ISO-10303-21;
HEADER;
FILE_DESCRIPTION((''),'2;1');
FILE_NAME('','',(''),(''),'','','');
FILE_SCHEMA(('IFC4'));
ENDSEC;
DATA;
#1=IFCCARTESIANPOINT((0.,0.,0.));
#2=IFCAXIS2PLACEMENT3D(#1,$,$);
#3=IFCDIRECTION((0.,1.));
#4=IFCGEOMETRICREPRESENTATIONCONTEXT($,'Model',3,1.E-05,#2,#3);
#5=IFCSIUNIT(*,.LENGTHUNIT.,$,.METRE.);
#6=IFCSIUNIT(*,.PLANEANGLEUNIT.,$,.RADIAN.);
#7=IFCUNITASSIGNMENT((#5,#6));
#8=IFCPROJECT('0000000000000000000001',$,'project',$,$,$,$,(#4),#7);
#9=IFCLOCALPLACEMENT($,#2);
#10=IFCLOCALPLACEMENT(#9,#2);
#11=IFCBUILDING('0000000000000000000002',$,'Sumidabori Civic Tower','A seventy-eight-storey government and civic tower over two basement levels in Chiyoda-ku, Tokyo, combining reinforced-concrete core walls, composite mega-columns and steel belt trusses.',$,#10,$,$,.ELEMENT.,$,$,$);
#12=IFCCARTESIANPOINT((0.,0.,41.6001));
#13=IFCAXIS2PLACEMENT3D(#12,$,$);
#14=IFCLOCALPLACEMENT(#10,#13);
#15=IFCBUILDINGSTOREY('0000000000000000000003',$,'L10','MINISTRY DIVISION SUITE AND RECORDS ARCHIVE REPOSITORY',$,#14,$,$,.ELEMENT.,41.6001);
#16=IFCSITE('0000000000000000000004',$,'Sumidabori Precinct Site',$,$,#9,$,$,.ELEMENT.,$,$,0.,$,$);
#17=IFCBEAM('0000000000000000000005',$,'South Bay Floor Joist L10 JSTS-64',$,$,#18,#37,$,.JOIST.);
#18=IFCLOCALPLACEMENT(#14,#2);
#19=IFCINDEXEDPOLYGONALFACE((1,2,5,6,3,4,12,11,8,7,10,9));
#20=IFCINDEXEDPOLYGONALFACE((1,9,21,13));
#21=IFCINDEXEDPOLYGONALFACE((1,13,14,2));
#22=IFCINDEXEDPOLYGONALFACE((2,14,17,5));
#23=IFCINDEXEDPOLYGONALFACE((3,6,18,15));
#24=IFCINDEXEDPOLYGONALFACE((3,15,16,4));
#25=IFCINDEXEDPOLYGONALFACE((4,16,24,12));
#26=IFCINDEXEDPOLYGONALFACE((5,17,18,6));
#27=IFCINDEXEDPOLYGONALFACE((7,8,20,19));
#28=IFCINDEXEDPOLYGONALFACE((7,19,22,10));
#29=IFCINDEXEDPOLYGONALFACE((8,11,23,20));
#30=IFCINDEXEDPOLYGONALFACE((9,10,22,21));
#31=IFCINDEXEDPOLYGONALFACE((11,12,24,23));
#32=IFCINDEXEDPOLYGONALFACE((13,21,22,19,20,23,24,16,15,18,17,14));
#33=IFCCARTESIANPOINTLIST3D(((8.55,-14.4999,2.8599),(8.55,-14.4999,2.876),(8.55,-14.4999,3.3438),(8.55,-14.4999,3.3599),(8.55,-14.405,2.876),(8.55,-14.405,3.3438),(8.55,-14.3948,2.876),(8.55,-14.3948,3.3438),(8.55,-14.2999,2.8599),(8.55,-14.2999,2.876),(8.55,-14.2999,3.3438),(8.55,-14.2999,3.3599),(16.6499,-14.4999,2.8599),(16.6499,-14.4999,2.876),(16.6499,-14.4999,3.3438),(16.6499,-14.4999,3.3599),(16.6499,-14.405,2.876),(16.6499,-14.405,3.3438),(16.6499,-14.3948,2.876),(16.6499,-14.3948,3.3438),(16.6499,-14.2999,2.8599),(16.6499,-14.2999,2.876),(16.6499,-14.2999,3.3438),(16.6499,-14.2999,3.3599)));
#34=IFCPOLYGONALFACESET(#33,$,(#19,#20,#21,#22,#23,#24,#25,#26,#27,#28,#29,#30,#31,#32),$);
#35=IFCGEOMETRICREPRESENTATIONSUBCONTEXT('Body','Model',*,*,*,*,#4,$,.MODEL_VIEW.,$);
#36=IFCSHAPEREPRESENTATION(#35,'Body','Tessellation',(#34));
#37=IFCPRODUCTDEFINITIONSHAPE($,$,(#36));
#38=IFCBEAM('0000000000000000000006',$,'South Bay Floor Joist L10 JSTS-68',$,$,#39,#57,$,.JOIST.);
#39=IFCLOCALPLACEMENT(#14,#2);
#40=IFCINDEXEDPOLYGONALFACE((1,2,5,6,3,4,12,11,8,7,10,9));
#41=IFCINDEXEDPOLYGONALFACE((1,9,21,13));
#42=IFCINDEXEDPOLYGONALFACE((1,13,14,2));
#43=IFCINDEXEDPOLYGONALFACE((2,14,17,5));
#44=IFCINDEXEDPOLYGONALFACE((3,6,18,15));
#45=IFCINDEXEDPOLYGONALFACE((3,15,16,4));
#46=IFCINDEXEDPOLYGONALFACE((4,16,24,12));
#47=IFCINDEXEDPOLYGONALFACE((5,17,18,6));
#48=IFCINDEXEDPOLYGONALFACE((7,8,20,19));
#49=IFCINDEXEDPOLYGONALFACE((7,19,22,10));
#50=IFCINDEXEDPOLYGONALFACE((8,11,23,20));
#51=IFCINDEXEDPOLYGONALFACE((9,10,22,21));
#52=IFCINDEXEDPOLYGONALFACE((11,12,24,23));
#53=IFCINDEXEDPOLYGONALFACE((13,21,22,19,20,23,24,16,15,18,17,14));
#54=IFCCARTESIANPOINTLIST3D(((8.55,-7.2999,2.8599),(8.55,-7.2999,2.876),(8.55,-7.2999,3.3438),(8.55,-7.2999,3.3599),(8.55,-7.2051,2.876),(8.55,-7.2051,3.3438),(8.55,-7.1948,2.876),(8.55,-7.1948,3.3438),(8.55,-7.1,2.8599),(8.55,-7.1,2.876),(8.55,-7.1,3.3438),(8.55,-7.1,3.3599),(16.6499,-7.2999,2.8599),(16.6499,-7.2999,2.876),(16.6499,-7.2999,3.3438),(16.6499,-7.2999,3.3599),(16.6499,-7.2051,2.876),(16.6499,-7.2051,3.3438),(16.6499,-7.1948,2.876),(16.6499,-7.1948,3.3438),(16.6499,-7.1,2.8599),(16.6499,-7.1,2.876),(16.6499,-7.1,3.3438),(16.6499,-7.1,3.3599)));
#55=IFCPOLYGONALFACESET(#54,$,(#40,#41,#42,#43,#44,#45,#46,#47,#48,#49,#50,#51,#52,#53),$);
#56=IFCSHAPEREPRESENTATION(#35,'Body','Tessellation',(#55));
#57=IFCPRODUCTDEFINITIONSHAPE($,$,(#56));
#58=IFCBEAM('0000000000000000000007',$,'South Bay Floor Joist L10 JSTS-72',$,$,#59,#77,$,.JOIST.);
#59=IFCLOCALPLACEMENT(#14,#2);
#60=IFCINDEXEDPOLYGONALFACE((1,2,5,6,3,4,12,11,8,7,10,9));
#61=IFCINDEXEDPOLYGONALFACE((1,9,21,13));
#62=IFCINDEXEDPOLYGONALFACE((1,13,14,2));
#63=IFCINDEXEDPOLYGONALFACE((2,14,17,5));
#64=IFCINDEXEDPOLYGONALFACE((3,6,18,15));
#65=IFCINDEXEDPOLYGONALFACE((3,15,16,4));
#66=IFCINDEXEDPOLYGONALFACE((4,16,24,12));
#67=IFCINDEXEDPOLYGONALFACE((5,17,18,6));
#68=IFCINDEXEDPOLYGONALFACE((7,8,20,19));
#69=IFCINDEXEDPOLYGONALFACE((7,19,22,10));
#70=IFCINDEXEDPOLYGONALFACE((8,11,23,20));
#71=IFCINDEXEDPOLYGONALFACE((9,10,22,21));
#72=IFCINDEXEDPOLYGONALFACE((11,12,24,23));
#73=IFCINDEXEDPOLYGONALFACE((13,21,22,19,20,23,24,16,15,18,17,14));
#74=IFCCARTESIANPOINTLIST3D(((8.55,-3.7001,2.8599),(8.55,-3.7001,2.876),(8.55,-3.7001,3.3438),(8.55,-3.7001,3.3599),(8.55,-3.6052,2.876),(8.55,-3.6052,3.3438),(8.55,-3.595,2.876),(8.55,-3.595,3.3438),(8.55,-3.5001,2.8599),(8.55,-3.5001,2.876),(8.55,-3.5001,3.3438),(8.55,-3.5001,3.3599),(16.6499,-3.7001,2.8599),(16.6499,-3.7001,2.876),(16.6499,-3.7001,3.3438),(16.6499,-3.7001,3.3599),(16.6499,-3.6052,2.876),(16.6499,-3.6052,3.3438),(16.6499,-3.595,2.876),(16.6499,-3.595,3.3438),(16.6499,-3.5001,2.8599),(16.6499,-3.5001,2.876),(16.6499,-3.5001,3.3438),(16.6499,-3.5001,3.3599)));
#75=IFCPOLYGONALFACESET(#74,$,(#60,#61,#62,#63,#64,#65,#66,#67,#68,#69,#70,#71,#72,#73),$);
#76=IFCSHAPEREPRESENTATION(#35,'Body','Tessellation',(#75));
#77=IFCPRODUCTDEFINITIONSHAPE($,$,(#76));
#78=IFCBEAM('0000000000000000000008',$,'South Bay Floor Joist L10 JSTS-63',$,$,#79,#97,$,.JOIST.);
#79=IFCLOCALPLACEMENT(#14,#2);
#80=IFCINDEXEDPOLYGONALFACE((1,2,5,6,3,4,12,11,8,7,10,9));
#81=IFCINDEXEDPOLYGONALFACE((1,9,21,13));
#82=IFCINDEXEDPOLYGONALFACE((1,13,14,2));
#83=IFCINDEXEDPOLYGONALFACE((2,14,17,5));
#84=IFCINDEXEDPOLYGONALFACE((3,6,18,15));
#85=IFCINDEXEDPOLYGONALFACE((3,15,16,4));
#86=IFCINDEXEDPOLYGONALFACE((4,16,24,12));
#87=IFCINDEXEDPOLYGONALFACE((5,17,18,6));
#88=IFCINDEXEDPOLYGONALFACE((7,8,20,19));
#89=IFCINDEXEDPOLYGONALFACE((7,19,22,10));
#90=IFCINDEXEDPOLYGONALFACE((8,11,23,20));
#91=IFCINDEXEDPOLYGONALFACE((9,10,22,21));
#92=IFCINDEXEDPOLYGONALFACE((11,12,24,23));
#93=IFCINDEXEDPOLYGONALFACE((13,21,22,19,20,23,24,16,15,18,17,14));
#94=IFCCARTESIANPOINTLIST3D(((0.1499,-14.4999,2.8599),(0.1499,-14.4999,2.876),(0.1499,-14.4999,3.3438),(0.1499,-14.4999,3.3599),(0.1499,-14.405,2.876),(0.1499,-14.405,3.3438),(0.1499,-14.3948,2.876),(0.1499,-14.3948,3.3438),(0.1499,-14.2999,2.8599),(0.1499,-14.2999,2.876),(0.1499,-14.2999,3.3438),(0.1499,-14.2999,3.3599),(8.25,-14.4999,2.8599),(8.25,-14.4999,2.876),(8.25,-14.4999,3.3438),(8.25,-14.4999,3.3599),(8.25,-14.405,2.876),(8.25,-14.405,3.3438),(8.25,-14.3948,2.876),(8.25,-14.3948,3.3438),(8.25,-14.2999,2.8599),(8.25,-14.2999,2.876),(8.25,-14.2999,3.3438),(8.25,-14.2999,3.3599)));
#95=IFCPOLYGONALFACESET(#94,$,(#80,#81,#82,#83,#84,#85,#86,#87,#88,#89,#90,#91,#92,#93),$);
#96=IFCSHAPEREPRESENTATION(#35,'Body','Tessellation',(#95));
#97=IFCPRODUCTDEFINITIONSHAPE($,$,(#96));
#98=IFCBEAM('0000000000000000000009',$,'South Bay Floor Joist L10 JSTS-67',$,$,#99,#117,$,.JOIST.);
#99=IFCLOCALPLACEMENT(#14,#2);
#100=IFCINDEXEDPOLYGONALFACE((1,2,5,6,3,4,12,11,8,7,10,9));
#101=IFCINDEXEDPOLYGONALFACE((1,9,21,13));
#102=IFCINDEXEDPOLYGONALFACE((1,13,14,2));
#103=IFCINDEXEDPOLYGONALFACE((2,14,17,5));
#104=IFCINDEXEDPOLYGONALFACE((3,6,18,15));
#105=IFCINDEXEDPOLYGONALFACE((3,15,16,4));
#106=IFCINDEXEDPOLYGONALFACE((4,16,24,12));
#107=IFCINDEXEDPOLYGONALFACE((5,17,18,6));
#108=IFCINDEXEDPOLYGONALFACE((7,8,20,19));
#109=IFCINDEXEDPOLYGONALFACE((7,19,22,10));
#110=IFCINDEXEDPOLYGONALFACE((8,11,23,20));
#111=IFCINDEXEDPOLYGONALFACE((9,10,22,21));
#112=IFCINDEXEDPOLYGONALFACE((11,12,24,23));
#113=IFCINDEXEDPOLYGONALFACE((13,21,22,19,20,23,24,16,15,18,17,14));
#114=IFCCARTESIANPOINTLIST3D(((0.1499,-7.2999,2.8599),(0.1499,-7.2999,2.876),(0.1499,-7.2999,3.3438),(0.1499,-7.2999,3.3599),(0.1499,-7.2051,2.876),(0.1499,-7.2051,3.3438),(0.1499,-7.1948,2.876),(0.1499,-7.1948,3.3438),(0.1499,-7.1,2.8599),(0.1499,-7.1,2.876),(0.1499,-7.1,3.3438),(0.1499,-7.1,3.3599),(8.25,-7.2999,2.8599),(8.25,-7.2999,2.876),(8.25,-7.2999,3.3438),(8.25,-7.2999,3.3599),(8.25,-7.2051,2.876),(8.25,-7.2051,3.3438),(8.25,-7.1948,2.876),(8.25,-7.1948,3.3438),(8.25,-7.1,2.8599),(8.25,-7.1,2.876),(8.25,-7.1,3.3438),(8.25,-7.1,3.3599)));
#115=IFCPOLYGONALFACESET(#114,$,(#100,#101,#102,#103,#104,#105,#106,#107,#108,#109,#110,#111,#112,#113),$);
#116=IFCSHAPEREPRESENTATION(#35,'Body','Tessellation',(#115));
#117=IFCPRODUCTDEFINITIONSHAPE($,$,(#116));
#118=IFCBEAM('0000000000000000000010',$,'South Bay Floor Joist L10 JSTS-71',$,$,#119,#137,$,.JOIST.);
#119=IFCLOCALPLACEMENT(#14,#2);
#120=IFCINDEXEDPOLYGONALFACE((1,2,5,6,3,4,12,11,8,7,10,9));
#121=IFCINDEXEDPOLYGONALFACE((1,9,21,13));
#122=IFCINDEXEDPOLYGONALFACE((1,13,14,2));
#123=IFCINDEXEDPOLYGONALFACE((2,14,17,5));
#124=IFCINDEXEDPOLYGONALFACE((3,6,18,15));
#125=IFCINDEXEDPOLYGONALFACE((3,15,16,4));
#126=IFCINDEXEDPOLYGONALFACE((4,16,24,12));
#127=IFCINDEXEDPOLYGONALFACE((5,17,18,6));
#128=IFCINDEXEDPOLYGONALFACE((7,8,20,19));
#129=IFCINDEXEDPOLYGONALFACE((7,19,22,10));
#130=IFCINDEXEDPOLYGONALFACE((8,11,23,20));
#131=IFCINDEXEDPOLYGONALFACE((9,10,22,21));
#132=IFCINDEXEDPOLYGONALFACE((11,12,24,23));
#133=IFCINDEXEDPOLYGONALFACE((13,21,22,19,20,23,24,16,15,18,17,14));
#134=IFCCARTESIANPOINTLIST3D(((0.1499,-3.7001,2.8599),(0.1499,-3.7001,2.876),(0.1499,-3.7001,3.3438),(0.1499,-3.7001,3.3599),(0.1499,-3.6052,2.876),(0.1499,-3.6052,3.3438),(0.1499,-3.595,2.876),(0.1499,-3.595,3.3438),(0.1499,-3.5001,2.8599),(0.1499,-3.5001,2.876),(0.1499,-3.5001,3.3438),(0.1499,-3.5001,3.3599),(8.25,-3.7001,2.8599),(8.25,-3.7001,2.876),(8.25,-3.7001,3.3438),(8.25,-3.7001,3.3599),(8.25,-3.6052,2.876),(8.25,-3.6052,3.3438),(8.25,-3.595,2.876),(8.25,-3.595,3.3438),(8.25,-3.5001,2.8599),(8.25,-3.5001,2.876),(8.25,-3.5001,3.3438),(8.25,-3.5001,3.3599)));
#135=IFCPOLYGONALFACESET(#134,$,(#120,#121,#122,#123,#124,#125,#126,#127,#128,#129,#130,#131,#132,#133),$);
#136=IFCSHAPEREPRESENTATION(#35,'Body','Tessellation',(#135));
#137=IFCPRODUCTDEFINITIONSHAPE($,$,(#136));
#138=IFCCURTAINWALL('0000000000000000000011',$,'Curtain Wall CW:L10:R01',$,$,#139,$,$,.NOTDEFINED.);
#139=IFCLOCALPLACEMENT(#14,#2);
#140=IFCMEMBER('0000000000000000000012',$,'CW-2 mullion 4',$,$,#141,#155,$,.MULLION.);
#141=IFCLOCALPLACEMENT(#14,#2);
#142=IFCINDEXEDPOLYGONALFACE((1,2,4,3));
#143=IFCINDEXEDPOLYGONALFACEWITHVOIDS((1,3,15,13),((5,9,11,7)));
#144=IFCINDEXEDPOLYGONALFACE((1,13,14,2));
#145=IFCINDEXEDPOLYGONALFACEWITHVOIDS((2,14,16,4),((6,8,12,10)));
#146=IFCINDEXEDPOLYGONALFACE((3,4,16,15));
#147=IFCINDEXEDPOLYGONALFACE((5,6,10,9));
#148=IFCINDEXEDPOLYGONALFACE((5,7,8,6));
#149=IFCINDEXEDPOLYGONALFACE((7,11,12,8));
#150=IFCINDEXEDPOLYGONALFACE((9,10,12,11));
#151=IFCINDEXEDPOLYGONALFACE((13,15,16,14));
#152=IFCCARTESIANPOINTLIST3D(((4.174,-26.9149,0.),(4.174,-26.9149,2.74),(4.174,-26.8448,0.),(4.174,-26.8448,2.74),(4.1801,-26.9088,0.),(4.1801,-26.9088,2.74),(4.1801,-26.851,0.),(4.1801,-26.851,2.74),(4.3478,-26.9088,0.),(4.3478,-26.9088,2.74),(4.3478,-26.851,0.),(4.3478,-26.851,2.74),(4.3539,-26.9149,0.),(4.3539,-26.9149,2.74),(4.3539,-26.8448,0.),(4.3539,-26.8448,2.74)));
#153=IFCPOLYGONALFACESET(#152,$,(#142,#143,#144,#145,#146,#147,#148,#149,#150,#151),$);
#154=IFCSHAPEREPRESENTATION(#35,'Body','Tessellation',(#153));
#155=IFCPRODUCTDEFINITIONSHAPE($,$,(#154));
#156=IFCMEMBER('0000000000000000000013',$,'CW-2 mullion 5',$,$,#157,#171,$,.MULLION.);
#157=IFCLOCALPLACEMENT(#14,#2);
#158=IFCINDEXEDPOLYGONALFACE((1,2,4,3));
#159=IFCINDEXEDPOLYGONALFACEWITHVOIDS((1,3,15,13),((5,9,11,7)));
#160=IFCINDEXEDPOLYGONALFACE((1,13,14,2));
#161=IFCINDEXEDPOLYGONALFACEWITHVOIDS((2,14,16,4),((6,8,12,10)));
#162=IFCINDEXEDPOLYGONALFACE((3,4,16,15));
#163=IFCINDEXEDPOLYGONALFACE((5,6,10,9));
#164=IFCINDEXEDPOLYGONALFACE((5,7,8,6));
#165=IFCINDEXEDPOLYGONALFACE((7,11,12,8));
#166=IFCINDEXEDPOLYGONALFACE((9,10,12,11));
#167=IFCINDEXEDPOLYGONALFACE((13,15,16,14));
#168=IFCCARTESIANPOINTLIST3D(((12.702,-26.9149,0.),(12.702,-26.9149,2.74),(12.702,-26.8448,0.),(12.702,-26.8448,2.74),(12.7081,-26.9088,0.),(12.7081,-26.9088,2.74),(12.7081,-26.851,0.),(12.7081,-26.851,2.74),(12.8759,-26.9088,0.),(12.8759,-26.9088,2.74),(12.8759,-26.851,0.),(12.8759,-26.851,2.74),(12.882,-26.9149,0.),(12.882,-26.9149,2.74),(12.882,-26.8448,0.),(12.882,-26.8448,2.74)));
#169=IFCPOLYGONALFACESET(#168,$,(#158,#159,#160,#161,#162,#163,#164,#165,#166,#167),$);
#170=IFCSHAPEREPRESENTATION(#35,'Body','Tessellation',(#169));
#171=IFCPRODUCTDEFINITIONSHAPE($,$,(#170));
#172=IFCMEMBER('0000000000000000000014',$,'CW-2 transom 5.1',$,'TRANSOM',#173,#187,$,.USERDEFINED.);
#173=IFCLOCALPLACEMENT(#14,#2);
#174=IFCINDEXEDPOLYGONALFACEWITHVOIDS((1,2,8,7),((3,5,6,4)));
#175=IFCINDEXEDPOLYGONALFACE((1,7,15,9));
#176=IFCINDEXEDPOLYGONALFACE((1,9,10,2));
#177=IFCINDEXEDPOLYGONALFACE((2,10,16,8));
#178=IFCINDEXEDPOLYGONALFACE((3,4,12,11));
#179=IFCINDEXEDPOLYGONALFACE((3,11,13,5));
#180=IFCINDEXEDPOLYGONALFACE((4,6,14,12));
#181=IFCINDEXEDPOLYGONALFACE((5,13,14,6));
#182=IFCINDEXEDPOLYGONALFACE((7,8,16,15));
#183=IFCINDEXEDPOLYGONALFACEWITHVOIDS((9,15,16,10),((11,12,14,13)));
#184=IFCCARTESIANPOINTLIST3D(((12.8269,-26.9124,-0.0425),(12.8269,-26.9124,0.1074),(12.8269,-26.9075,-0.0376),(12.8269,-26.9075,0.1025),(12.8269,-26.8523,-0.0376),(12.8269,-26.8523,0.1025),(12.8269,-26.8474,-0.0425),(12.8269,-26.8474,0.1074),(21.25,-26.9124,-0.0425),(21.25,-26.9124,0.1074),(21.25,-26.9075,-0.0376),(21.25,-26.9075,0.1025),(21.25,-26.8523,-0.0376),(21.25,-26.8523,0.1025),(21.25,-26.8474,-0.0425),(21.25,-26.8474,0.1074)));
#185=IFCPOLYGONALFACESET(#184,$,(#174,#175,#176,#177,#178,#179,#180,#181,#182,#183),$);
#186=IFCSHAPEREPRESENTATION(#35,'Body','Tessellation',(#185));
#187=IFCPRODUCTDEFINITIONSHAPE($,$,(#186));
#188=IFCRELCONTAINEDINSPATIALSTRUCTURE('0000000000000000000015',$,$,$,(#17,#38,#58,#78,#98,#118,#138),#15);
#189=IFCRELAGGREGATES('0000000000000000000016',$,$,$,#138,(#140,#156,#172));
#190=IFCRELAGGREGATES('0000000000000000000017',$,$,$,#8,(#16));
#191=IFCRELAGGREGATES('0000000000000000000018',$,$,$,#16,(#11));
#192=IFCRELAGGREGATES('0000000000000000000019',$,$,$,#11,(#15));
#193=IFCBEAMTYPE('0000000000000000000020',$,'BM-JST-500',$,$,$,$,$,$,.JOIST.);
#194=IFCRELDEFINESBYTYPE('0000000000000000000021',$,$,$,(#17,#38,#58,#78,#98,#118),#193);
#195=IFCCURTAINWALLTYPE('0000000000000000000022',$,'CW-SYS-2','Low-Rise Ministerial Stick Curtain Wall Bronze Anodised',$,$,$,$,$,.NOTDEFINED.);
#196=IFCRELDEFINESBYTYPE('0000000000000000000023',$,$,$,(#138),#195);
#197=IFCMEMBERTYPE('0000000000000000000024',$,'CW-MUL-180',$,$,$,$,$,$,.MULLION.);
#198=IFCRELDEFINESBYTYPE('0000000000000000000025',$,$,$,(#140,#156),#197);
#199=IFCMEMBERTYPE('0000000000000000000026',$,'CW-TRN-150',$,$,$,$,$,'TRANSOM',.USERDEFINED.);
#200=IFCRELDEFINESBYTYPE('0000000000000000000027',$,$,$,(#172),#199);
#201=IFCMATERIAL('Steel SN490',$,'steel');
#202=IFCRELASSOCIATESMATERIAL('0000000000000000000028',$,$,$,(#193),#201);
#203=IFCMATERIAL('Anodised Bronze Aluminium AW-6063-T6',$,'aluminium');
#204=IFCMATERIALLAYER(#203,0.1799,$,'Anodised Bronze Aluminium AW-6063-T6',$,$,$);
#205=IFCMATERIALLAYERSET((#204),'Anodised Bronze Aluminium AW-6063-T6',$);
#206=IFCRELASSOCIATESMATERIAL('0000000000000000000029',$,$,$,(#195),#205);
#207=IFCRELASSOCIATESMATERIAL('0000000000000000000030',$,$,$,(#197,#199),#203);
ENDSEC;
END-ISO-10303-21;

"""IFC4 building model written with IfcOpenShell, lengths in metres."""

from ifc_helpers import new_model, si_unit, direction, frame, origin, origin_2d, place, context, subcontext, project, spatial, hollow_rectangle, i_section, extrude, source, transform, mapped, material, layer, layer_set, material_profile, profile_set, type_object, element, aggregate, save


model = new_model("IFC4")

# Units and contexts
model_context = context("Model", 3, precision=1e-05, world=origin(), true_north=direction((0.0, 1.0)))
body_context = subcontext(model_context, "Body", "Model", "MODEL_VIEW")
ifc_project = project(units=[si_unit("LENGTHUNIT", "METRE"), si_unit("PLANEANGLEUNIT", "RADIAN")], contexts=[model_context])

# Site, building, storey
site_placement = place(None, origin())
site = spatial("IfcSite", under=ifc_project, at=site_placement, Name="Sumidabori Precinct Site", CompositionType="ELEMENT", RefElevation=0.0)
building_placement = place(site_placement, origin())
building = spatial("IfcBuilding", under=site, at=building_placement, Name="Sumidabori Civic Tower", Description="A seventy-eight-storey government and civic tower over two basement levels in Chiyoda-ku, Tokyo, combining reinforced-concrete core walls, composite mega-columns and steel belt trusses.", CompositionType="ELEMENT")
storey_placement = place(building_placement, frame((0.0, 0.0, 41.6001)))
storey = spatial("IfcBuildingStorey", under=building, at=storey_placement, Name="L10", Description="MINISTRY DIVISION SUITE AND RECORDS ARCHIVE REPOSITORY", CompositionType="ELEMENT", Elevation=41.6001)

# Beams
ifc_material_1 = material(Name="Steel SN490", Category="steel")
ifc_material_profile_1 = material_profile(ifc_material_1, i_section(OverallWidth=0.2, OverallDepth=0.5, WebThickness=0.0103, FlangeThickness=0.0161, at=origin_2d()), Name="IPE 500")
ifc_profile_set_1 = profile_set([ifc_material_profile_1], Name="Steel SN490")
beam_type_1 = type_object("IfcBeamType", Name="BM-JST-500", PredefinedType="JOIST", material=ifc_profile_set_1)
shared_shape_1 = source(origin(), body_context, "Body", "SweptSolid", [
    extrude(i_section(OverallWidth=0.2, OverallDepth=0.5, WebThickness=0.0103, FlangeThickness=0.0161, at=origin_2d()), origin(), (0.0, 0.0, 1.0), 8.0999),
])
for number, where, z_axis, x_axis, name in (
    (1, (8.55, -14.3999, 3.1099), (1.0, 0.0, 0.0), (0.0, 1.0, 0.0), "South Bay Floor Joist L10 JSTS-64"),
    (2, (8.55, -7.2, 3.1099), (1.0, 0.0, 0.0), (0.0, 1.0, 0.0), "South Bay Floor Joist L10 JSTS-68"),
    (3, (8.55, -3.6001, 3.1099), (1.0, 0.0, 0.0), (0.0, 1.0, 0.0), "South Bay Floor Joist L10 JSTS-72"),
):
    element("IfcBeam", number, at=place(storey_placement, frame(where, z_axis=z_axis, x_axis=x_axis)), inside=storey, type_object=beam_type_1, Name=name, PredefinedType="JOIST", context=body_context, shape_type="MappedRepresentation", body=[
        mapped(shared_shape_1, transform((0.0, 0.0, 0.0), x_axis=(1.0, 0.0, 0.0), y_axis=(0.0, 1.0, 0.0), z_axis=(0.0, 0.0, 1.0), scale=1.0)),
    ])
shared_shape_2 = source(origin(), body_context, "Body", "SweptSolid", [
    extrude(i_section(OverallWidth=0.2, OverallDepth=0.5, WebThickness=0.0103, FlangeThickness=0.0161, at=origin_2d()), origin(), (0.0, 0.0, 1.0), 8.1001),
])
for number, where, z_axis, x_axis, name in (
    (4, (0.1499, -14.3999, 3.1099), (1.0, 0.0, 0.0), (0.0, 1.0, 0.0), "South Bay Floor Joist L10 JSTS-63"),
    (5, (0.1499, -7.2, 3.1099), (1.0, 0.0, 0.0), (0.0, 1.0, 0.0), "South Bay Floor Joist L10 JSTS-67"),
    (6, (0.1499, -3.6001, 3.1099), (1.0, 0.0, 0.0), (0.0, 1.0, 0.0), "South Bay Floor Joist L10 JSTS-71"),
):
    element("IfcBeam", number, at=place(storey_placement, frame(where, z_axis=z_axis, x_axis=x_axis)), inside=storey, type_object=beam_type_1, Name=name, PredefinedType="JOIST", context=body_context, shape_type="MappedRepresentation", body=[
        mapped(shared_shape_2, transform((0.0, 0.0, 0.0), x_axis=(1.0, 0.0, 0.0), y_axis=(0.0, 1.0, 0.0), z_axis=(0.0, 0.0, 1.0), scale=1.0)),
    ])

# Curtain wall, members
ifc_material_2 = material(Name="Anodised Bronze Aluminium AW-6063-T6", Category="aluminium")
ifc_layer_1 = layer(ifc_material_2, 0.1799, Name="Anodised Bronze Aluminium AW-6063-T6")
ifc_layer_set_1 = layer_set([ifc_layer_1], Name="Anodised Bronze Aluminium AW-6063-T6")
curtain_wall_type = type_object("IfcCurtainWallType", Name="CW-SYS-2", Description="Low-Rise Ministerial Stick Curtain Wall Bronze Anodised", PredefinedType="NOTDEFINED", material=ifc_layer_set_1)
curtain_wall_placement = place(storey_placement, origin())
curtain_wall = element("IfcCurtainWall", 7, at=curtain_wall_placement, inside=storey, type_object=curtain_wall_type, Name="Curtain Wall CW:L10:R01", PredefinedType="NOTDEFINED")
ifc_material_profile_2 = material_profile(ifc_material_2, hollow_rectangle(XDim=0.0701, YDim=0.1799, WallThickness=0.0061, at=origin_2d()), Name="ALU MULLION 180x70")
ifc_profile_set_2 = profile_set([ifc_material_profile_2], Name="Anodised Bronze Aluminium AW-6063-T6")
member_type_1 = type_object("IfcMemberType", Name="CW-MUL-180", PredefinedType="MULLION", material=ifc_profile_set_2)
shared_shape_3 = source(origin(), body_context, "Body", "SweptSolid", [
    extrude(hollow_rectangle(XDim=0.0701, YDim=0.1799, WallThickness=0.0061, at=origin_2d()), origin(), (0.0, 0.0, 1.0), 2.74),
])
member_1_placement = place(storey_placement, frame((4.2639, -26.8799, 0.0), z_axis=(0.0, 0.0, 1.0), x_axis=(0.0, 1.0, 0.0)))
member_1 = element("IfcMember", 8, at=member_1_placement, type_object=member_type_1, Name="CW-2 mullion 4", PredefinedType="MULLION", context=body_context, shape_type="MappedRepresentation", body=[
    mapped(shared_shape_3, transform((0.0, 0.0, 0.0), x_axis=(1.0, 0.0, 0.0), y_axis=(0.0, 1.0, 0.0), z_axis=(0.0, 0.0, 1.0), scale=1.0)),
])
member_2_placement = place(storey_placement, frame((12.792, -26.8799, 0.0), z_axis=(0.0, 0.0, 1.0), x_axis=(0.0, 1.0, 0.0)))
member_2 = element("IfcMember", 9, at=member_2_placement, type_object=member_type_1, Name="CW-2 mullion 5", PredefinedType="MULLION", context=body_context, shape_type="MappedRepresentation", body=[
    mapped(shared_shape_3, transform((0.0, 0.0, 0.0), x_axis=(1.0, 0.0, 0.0), y_axis=(0.0, 1.0, 0.0), z_axis=(0.0, 0.0, 1.0), scale=1.0)),
])
ifc_material_profile_3 = material_profile(ifc_material_2, hollow_rectangle(XDim=0.0649, YDim=0.1499, WallThickness=0.0049, at=origin_2d()), Name="ALU TRANSOM 150x65")
ifc_profile_set_3 = profile_set([ifc_material_profile_3], Name="Anodised Bronze Aluminium AW-6063-T6")
member_type_2 = type_object("IfcMemberType", Name="CW-TRN-150", ElementType="TRANSOM", PredefinedType="USERDEFINED", material=ifc_profile_set_3)
shared_shape_4 = source(origin(), body_context, "Body", "SweptSolid", [
    extrude(hollow_rectangle(XDim=0.0649, YDim=0.1499, WallThickness=0.0049, at=origin_2d()), origin(), (0.0, 0.0, 1.0), 8.4231),
])
member_3_placement = place(storey_placement, frame((12.8269, -26.8799, 0.0325), z_axis=(1.0, 0.0, 0.0), x_axis=(0.0, 1.0, 0.0)))
member_3 = element("IfcMember", 10, at=member_3_placement, type_object=member_type_2, Name="CW-2 transom 5.1", ObjectType="TRANSOM", PredefinedType="USERDEFINED", context=body_context, shape_type="MappedRepresentation", body=[
    mapped(shared_shape_4, transform((0.0, 0.0, 0.0), x_axis=(1.0, 0.0, 0.0), y_axis=(0.0, 1.0, 0.0), z_axis=(0.0, 0.0, 1.0), scale=1.0)),
])
aggregate(curtain_wall, [member_1, member_2, member_3])

save(model, "model.ifc")
